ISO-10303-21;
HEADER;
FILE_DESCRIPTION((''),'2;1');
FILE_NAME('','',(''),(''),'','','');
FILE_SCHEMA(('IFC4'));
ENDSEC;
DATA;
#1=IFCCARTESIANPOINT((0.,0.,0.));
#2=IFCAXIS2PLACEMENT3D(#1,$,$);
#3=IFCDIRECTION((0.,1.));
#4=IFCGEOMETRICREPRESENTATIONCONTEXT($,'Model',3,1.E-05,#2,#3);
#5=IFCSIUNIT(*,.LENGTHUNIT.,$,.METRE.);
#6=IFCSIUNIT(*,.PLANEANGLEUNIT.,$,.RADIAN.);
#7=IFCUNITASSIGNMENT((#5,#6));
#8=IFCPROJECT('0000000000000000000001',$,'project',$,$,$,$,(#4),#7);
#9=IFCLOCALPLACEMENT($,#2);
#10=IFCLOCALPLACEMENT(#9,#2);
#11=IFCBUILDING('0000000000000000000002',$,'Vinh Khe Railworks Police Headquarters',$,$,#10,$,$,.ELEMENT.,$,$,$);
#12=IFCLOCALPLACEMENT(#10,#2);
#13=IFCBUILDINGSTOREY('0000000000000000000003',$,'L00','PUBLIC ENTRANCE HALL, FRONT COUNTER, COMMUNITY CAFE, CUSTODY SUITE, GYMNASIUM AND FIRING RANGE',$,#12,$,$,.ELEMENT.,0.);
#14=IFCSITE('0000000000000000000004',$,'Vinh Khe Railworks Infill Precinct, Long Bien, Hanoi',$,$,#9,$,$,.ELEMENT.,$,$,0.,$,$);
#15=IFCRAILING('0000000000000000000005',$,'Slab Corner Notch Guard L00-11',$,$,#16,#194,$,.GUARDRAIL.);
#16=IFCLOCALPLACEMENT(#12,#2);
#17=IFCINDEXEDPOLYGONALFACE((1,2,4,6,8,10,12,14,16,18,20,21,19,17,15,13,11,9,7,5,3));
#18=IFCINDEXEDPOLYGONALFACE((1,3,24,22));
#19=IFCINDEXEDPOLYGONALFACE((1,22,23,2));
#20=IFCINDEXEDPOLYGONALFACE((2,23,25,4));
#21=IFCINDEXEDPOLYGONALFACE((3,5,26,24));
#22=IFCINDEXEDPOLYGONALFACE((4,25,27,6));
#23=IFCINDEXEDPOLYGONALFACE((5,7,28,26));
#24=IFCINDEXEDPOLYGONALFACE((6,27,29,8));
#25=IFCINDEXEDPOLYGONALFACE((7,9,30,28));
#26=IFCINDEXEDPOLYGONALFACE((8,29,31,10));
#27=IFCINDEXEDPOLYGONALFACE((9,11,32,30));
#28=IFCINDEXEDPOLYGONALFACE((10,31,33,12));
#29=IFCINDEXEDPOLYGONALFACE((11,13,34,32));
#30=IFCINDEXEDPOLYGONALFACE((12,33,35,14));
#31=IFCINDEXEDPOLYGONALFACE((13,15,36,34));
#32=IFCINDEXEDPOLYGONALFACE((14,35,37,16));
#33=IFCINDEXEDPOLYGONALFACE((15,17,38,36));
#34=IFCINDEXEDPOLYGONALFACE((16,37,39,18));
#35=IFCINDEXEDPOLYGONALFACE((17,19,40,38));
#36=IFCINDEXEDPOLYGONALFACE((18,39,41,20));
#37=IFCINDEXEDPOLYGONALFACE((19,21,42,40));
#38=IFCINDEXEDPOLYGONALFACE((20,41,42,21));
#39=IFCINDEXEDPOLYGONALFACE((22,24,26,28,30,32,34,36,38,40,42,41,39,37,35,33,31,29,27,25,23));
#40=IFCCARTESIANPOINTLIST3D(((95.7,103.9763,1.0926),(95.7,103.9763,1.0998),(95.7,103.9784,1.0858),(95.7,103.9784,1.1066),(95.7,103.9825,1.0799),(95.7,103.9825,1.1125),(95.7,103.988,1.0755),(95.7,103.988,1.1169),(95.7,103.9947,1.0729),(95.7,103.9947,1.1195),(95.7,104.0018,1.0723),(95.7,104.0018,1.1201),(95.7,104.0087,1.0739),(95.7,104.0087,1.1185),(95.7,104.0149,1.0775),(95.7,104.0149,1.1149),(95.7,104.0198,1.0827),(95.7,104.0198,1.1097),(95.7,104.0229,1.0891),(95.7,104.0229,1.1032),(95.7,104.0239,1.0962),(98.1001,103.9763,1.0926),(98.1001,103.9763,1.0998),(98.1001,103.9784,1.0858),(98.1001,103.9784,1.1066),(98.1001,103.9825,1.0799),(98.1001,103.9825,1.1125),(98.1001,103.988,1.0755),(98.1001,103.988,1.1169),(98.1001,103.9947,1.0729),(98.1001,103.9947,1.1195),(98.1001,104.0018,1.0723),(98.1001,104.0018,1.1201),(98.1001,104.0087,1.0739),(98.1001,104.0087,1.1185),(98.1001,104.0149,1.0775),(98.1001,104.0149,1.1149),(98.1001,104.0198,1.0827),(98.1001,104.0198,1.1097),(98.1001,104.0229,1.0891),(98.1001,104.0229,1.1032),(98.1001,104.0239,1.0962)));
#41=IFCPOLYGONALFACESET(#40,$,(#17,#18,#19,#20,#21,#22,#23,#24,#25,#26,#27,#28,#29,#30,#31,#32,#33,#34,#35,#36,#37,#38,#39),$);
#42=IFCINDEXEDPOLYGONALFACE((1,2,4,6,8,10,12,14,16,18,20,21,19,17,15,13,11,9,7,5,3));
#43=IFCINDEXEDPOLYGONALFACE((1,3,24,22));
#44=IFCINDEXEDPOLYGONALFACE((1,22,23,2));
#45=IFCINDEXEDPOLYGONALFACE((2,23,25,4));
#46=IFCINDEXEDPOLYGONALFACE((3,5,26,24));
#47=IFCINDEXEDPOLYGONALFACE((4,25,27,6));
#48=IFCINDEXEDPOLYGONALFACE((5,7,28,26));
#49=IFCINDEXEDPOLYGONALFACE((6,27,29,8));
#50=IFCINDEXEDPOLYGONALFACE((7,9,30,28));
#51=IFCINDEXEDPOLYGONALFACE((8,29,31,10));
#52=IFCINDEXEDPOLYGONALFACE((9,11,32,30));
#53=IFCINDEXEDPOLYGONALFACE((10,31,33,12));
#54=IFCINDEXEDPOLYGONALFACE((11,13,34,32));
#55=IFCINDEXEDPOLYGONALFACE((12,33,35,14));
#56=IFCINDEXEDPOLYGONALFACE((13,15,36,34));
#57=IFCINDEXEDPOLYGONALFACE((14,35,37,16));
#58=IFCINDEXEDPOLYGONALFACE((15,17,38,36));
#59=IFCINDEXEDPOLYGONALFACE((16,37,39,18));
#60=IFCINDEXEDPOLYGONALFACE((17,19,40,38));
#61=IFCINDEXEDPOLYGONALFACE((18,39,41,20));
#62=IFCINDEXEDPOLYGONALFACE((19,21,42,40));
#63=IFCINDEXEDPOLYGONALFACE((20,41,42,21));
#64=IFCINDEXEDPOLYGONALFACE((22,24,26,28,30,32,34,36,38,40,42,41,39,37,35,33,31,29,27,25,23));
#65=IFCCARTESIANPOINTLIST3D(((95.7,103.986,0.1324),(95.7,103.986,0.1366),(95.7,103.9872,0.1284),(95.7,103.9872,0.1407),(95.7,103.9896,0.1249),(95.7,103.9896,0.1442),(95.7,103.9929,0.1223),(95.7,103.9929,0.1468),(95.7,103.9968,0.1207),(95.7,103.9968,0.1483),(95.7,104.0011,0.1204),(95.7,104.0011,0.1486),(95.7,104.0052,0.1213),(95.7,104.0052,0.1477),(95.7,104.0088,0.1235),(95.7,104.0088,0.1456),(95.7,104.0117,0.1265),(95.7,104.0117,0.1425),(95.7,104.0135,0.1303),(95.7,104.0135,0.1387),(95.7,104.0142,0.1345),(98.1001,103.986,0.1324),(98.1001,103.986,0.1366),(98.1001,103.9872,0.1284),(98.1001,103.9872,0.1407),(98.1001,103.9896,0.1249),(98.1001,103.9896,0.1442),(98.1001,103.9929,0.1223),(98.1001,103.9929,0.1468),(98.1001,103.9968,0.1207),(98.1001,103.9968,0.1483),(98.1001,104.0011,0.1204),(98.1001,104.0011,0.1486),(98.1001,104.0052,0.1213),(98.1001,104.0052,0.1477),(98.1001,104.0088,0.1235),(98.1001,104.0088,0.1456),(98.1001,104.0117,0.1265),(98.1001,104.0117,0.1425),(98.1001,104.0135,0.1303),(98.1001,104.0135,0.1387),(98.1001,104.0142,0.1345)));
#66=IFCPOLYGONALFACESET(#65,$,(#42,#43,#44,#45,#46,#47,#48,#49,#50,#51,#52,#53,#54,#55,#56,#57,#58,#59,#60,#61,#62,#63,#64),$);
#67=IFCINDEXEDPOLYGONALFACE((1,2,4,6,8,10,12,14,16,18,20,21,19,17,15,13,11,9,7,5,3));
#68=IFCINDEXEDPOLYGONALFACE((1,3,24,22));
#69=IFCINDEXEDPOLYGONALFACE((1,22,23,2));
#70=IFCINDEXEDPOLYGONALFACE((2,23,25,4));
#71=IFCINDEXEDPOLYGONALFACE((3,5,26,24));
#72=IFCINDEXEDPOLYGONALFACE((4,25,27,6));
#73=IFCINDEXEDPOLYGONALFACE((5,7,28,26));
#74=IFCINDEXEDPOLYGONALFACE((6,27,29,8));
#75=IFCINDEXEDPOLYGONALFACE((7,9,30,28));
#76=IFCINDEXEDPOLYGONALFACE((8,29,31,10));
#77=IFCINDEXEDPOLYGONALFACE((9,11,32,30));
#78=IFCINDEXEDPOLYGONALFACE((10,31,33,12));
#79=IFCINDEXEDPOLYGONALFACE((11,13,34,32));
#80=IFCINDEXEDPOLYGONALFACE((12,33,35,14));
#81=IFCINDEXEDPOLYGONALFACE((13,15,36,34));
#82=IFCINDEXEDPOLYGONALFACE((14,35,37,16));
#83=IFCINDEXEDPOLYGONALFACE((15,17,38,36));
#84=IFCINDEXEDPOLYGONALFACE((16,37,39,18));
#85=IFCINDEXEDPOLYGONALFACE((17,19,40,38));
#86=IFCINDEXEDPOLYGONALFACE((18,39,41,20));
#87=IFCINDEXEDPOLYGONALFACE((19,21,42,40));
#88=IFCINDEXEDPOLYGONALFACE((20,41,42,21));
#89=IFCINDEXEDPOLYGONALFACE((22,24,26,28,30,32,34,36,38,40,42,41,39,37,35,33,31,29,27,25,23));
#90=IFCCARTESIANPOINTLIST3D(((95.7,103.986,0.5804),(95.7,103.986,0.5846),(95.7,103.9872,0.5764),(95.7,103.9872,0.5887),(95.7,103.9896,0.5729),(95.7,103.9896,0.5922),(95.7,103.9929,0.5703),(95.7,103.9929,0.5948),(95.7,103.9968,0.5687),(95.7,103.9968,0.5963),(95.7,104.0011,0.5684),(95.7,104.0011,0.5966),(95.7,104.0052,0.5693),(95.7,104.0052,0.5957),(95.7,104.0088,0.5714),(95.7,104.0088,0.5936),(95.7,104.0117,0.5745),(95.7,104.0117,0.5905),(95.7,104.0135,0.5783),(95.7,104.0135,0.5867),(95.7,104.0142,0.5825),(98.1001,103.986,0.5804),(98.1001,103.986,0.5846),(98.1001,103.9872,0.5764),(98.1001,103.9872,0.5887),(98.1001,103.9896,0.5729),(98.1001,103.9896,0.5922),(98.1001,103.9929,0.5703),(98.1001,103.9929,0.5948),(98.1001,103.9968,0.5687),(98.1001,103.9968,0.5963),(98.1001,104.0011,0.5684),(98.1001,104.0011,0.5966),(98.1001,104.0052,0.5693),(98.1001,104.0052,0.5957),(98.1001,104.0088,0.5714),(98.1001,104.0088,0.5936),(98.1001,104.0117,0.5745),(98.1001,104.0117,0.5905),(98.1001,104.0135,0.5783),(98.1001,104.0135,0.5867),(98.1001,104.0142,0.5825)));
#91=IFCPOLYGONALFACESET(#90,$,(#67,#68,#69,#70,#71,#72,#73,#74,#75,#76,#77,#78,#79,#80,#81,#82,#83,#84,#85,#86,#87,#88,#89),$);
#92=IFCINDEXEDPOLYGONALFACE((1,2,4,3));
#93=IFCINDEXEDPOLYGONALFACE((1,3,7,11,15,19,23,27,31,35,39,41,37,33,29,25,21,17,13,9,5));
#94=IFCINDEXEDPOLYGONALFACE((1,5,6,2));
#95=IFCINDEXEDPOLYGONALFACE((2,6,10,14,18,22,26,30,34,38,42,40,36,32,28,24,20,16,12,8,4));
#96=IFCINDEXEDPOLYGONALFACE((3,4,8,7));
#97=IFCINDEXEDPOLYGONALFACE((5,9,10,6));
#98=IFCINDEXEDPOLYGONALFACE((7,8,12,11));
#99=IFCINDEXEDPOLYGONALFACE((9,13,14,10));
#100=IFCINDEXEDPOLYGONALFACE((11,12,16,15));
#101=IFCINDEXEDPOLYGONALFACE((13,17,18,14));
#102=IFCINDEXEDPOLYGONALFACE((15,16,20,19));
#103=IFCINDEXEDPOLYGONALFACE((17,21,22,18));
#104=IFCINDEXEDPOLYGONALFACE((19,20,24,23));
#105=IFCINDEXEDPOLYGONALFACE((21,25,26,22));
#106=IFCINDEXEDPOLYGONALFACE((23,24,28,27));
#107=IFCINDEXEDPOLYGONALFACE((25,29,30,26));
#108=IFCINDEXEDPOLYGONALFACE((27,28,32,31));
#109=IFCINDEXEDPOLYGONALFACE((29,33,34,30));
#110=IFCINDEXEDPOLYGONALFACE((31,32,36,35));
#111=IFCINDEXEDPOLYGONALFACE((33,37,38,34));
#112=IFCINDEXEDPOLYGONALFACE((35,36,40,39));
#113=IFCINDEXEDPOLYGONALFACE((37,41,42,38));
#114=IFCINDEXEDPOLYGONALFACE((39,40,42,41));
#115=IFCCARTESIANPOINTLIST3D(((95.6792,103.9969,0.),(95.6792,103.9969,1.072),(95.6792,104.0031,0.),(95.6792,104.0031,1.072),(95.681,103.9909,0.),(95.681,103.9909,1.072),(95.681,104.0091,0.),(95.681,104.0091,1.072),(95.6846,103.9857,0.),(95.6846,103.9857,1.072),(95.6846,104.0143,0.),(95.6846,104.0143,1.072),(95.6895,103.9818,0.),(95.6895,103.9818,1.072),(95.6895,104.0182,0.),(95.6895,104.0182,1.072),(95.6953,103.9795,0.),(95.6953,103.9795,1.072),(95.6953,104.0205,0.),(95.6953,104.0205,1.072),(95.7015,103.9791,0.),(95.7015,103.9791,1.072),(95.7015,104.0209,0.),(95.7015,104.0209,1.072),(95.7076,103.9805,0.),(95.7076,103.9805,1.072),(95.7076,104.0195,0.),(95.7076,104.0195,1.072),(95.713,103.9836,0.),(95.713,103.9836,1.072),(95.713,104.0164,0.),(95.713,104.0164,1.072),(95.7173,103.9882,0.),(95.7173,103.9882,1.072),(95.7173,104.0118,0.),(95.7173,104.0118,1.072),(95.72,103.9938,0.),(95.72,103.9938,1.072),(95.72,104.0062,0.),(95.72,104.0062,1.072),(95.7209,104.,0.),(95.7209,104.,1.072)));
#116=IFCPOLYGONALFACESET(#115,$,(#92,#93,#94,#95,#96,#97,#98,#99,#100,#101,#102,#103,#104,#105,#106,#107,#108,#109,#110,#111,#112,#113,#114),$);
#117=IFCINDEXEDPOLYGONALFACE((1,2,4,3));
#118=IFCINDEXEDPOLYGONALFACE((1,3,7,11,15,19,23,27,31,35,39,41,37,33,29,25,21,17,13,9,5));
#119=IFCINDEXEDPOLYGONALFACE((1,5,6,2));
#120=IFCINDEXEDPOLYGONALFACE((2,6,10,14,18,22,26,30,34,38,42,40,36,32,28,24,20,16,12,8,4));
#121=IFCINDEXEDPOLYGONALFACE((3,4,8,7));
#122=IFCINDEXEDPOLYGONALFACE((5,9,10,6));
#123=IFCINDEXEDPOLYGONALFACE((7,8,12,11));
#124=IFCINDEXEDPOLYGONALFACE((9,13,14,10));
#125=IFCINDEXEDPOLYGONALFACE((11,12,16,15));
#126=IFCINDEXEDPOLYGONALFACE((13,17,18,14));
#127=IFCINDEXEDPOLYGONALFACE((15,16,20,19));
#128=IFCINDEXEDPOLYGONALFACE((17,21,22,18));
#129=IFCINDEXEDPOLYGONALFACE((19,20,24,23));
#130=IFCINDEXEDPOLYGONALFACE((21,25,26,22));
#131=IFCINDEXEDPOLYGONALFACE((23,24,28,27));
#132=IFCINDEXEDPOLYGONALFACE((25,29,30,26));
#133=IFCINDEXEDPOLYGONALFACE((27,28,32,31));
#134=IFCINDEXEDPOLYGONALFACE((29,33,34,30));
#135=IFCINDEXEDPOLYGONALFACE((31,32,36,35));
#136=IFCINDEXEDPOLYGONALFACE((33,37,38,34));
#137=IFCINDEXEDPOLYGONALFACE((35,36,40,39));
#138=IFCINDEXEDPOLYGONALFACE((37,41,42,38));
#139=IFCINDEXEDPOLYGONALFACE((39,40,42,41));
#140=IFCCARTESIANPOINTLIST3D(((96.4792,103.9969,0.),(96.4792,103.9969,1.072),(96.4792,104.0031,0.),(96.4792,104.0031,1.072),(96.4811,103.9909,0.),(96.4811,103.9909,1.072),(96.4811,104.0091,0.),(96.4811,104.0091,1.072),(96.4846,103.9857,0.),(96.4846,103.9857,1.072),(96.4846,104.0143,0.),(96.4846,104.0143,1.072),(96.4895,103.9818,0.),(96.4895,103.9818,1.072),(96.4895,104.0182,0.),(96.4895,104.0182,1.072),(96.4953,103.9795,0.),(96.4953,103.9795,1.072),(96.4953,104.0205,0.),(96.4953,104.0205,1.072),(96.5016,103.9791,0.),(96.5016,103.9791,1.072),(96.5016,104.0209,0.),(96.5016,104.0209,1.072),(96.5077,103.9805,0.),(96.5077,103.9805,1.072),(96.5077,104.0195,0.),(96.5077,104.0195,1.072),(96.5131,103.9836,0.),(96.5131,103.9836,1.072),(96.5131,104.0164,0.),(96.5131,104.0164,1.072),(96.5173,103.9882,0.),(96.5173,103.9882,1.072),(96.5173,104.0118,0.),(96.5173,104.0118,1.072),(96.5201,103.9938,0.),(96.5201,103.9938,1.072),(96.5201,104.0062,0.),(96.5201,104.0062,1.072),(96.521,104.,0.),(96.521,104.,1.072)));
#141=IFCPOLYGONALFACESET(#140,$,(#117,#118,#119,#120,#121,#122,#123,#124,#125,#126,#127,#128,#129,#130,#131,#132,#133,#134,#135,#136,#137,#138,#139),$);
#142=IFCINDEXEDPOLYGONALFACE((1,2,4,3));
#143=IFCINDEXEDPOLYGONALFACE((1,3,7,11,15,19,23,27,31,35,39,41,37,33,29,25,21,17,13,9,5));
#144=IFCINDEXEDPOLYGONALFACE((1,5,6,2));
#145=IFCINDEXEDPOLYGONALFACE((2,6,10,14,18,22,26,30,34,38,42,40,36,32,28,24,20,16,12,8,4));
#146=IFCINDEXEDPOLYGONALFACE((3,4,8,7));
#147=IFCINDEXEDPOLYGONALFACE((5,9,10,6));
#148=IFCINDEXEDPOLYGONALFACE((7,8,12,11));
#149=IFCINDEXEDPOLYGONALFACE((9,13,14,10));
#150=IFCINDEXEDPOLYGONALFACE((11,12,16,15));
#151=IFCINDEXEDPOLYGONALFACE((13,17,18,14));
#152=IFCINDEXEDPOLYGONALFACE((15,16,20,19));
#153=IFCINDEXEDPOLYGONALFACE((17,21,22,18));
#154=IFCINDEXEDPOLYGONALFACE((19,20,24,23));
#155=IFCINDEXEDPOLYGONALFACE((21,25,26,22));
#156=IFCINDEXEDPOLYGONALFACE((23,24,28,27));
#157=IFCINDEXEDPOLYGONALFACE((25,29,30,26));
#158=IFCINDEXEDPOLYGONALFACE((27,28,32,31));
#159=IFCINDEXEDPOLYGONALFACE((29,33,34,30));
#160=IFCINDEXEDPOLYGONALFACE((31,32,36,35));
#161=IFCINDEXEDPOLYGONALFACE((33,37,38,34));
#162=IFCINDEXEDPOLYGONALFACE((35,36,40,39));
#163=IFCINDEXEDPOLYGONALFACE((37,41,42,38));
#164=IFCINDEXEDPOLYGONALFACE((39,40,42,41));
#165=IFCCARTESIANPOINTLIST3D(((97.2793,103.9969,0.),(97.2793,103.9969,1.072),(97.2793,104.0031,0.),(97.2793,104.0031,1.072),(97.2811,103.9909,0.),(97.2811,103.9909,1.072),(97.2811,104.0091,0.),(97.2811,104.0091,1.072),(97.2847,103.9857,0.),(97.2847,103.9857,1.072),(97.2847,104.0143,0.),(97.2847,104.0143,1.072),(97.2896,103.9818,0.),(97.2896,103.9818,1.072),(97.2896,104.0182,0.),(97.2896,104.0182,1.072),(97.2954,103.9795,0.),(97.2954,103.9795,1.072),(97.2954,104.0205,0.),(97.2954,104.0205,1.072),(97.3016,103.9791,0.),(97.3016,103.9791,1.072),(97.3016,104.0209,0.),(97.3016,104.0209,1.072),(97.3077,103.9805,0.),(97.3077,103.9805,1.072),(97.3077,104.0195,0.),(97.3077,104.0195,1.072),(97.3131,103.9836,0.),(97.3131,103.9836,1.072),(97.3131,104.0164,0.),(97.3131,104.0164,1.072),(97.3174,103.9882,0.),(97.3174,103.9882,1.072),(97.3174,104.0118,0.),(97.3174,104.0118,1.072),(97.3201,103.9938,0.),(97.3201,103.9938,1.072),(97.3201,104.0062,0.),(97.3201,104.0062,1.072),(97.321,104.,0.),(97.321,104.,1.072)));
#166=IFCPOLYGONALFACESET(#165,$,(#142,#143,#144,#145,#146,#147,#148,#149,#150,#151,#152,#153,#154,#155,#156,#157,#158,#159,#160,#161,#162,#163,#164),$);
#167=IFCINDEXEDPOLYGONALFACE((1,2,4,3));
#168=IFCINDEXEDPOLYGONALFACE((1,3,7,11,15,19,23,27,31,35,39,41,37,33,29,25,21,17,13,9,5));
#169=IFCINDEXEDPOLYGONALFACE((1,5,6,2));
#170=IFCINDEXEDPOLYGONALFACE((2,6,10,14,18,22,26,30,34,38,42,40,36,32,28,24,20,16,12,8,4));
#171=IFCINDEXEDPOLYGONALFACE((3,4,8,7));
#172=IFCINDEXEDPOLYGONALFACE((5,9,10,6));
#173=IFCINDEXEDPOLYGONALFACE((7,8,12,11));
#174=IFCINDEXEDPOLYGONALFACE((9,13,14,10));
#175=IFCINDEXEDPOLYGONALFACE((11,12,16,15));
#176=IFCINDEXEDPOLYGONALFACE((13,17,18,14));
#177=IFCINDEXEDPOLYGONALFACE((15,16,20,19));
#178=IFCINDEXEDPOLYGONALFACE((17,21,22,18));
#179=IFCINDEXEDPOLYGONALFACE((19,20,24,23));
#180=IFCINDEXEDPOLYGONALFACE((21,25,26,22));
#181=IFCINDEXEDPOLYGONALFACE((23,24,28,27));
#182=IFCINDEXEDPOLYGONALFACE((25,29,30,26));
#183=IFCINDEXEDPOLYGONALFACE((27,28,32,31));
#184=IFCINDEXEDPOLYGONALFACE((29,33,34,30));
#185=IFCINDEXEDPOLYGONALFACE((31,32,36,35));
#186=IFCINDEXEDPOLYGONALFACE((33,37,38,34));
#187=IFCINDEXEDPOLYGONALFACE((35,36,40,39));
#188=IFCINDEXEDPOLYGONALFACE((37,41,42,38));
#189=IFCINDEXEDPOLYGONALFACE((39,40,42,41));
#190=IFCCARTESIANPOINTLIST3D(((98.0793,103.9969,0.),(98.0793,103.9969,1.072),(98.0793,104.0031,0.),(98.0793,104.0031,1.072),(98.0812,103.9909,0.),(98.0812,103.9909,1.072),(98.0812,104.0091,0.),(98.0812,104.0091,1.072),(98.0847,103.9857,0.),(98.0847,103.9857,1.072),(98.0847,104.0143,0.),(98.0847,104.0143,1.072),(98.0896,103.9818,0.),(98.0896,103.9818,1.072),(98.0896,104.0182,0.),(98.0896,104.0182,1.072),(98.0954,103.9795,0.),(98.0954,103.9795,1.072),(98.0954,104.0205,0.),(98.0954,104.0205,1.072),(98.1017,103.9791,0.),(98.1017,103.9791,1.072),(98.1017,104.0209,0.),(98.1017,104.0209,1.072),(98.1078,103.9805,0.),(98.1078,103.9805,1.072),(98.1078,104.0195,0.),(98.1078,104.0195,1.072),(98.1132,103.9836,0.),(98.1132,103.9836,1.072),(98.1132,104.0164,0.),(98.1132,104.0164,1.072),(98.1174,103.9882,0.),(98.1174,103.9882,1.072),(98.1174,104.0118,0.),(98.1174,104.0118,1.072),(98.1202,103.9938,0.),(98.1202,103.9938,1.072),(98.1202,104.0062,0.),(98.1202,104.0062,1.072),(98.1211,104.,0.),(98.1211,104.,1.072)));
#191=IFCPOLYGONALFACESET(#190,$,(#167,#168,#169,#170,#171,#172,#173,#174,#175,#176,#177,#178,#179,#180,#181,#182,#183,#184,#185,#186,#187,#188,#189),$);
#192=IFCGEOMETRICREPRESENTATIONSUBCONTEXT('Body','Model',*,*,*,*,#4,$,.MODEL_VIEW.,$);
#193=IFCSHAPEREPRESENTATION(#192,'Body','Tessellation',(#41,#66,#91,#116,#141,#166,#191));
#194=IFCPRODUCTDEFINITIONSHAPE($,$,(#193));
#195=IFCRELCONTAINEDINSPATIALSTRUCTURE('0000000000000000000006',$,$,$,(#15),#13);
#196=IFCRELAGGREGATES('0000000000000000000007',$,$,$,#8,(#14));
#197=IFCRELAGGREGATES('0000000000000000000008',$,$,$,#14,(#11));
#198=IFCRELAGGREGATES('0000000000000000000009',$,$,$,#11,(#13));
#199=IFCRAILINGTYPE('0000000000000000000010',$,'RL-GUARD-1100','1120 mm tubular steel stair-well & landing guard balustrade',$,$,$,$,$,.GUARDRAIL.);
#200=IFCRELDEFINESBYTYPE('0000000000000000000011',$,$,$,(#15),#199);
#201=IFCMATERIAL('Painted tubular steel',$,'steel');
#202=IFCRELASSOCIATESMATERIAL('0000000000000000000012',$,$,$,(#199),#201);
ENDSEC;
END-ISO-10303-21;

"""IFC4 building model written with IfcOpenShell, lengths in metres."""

from ifc_helpers import new_model, si_unit, direction, frame, origin, origin_2d, place, context, subcontext, project, spatial, circle, extrude, material, type_object, element, save


model = new_model("IFC4")

# Units and contexts
model_context = context("Model", 3, precision=1e-05, world=origin(), true_north=direction((0.0, 1.0)))
body_context = subcontext(model_context, "Body", "Model", "MODEL_VIEW")
ifc_project = project(units=[si_unit("LENGTHUNIT", "METRE"), si_unit("PLANEANGLEUNIT", "RADIAN")], contexts=[model_context])

# Site, building, storey
site_placement = place(None, origin())
site = spatial("IfcSite", under=ifc_project, at=site_placement, Name="Vinh Khe Railworks Infill Precinct, Long Bien, Hanoi", CompositionType="ELEMENT", RefElevation=0.0)
building_placement = place(site_placement, origin())
building = spatial("IfcBuilding", under=site, at=building_placement, Name="Vinh Khe Railworks Police Headquarters", CompositionType="ELEMENT")
storey_placement = place(building_placement, origin())
storey = spatial("IfcBuildingStorey", under=building, at=storey_placement, Name="L00", Description="PUBLIC ENTRANCE HALL, FRONT COUNTER, COMMUNITY CAFE, CUSTODY SUITE, GYMNASIUM AND FIRING RANGE", CompositionType="ELEMENT", Elevation=0.0)

# Railing
ifc_material_1 = material(Name="Painted tubular steel", Category="steel")
railing_type = type_object("IfcRailingType", Name="RL-GUARD-1100", Description="1120 mm tubular steel stair-well & landing guard balustrade", PredefinedType="GUARDRAIL", material=ifc_material_1)
railing_1_placement = place(storey_placement, frame((95.7, 104.0, 0.0)))
element("IfcRailing", 1, at=railing_1_placement, inside=storey, type_object=railing_type, Name="Slab Corner Notch Guard L00-11", PredefinedType="GUARDRAIL", context=body_context, shape_type="SweptSolid", body=[
    extrude(circle(Radius=0.0239, at=origin_2d()), frame((0.0, 0.0, 1.0962), z_axis=(1.0, 0.0, 0.0), x_axis=(0.0, 1.0, 0.0)), (0.0, 0.0, 1.0), 2.4001),
    extrude(circle(Radius=0.0142, at=origin_2d()), frame((0.0, 0.0, 0.1345), z_axis=(1.0, 0.0, 0.0), x_axis=(0.0, 1.0, 0.0)), (0.0, 0.0, 1.0), 2.4001),
    extrude(circle(Radius=0.0142, at=origin_2d()), frame((0.0, 0.0, 0.5825), z_axis=(1.0, 0.0, 0.0), x_axis=(0.0, 1.0, 0.0)), (0.0, 0.0, 1.0), 2.4001),
    extrude(circle(Radius=0.021, at=origin_2d()), origin(), (0.0, 0.0, 1.0), 1.072),
    extrude(circle(Radius=0.021, at=origin_2d()), frame((0.8, 0.0, 0.0)), (0.0, 0.0, 1.0), 1.072),
    extrude(circle(Radius=0.021, at=origin_2d()), frame((1.6001, 0.0, 0.0)), (0.0, 0.0, 1.0), 1.072),
    extrude(circle(Radius=0.021, at=origin_2d()), frame((2.4001, 0.0, 0.0)), (0.0, 0.0, 1.0), 1.072),
])

save(model, "model.ifc")
